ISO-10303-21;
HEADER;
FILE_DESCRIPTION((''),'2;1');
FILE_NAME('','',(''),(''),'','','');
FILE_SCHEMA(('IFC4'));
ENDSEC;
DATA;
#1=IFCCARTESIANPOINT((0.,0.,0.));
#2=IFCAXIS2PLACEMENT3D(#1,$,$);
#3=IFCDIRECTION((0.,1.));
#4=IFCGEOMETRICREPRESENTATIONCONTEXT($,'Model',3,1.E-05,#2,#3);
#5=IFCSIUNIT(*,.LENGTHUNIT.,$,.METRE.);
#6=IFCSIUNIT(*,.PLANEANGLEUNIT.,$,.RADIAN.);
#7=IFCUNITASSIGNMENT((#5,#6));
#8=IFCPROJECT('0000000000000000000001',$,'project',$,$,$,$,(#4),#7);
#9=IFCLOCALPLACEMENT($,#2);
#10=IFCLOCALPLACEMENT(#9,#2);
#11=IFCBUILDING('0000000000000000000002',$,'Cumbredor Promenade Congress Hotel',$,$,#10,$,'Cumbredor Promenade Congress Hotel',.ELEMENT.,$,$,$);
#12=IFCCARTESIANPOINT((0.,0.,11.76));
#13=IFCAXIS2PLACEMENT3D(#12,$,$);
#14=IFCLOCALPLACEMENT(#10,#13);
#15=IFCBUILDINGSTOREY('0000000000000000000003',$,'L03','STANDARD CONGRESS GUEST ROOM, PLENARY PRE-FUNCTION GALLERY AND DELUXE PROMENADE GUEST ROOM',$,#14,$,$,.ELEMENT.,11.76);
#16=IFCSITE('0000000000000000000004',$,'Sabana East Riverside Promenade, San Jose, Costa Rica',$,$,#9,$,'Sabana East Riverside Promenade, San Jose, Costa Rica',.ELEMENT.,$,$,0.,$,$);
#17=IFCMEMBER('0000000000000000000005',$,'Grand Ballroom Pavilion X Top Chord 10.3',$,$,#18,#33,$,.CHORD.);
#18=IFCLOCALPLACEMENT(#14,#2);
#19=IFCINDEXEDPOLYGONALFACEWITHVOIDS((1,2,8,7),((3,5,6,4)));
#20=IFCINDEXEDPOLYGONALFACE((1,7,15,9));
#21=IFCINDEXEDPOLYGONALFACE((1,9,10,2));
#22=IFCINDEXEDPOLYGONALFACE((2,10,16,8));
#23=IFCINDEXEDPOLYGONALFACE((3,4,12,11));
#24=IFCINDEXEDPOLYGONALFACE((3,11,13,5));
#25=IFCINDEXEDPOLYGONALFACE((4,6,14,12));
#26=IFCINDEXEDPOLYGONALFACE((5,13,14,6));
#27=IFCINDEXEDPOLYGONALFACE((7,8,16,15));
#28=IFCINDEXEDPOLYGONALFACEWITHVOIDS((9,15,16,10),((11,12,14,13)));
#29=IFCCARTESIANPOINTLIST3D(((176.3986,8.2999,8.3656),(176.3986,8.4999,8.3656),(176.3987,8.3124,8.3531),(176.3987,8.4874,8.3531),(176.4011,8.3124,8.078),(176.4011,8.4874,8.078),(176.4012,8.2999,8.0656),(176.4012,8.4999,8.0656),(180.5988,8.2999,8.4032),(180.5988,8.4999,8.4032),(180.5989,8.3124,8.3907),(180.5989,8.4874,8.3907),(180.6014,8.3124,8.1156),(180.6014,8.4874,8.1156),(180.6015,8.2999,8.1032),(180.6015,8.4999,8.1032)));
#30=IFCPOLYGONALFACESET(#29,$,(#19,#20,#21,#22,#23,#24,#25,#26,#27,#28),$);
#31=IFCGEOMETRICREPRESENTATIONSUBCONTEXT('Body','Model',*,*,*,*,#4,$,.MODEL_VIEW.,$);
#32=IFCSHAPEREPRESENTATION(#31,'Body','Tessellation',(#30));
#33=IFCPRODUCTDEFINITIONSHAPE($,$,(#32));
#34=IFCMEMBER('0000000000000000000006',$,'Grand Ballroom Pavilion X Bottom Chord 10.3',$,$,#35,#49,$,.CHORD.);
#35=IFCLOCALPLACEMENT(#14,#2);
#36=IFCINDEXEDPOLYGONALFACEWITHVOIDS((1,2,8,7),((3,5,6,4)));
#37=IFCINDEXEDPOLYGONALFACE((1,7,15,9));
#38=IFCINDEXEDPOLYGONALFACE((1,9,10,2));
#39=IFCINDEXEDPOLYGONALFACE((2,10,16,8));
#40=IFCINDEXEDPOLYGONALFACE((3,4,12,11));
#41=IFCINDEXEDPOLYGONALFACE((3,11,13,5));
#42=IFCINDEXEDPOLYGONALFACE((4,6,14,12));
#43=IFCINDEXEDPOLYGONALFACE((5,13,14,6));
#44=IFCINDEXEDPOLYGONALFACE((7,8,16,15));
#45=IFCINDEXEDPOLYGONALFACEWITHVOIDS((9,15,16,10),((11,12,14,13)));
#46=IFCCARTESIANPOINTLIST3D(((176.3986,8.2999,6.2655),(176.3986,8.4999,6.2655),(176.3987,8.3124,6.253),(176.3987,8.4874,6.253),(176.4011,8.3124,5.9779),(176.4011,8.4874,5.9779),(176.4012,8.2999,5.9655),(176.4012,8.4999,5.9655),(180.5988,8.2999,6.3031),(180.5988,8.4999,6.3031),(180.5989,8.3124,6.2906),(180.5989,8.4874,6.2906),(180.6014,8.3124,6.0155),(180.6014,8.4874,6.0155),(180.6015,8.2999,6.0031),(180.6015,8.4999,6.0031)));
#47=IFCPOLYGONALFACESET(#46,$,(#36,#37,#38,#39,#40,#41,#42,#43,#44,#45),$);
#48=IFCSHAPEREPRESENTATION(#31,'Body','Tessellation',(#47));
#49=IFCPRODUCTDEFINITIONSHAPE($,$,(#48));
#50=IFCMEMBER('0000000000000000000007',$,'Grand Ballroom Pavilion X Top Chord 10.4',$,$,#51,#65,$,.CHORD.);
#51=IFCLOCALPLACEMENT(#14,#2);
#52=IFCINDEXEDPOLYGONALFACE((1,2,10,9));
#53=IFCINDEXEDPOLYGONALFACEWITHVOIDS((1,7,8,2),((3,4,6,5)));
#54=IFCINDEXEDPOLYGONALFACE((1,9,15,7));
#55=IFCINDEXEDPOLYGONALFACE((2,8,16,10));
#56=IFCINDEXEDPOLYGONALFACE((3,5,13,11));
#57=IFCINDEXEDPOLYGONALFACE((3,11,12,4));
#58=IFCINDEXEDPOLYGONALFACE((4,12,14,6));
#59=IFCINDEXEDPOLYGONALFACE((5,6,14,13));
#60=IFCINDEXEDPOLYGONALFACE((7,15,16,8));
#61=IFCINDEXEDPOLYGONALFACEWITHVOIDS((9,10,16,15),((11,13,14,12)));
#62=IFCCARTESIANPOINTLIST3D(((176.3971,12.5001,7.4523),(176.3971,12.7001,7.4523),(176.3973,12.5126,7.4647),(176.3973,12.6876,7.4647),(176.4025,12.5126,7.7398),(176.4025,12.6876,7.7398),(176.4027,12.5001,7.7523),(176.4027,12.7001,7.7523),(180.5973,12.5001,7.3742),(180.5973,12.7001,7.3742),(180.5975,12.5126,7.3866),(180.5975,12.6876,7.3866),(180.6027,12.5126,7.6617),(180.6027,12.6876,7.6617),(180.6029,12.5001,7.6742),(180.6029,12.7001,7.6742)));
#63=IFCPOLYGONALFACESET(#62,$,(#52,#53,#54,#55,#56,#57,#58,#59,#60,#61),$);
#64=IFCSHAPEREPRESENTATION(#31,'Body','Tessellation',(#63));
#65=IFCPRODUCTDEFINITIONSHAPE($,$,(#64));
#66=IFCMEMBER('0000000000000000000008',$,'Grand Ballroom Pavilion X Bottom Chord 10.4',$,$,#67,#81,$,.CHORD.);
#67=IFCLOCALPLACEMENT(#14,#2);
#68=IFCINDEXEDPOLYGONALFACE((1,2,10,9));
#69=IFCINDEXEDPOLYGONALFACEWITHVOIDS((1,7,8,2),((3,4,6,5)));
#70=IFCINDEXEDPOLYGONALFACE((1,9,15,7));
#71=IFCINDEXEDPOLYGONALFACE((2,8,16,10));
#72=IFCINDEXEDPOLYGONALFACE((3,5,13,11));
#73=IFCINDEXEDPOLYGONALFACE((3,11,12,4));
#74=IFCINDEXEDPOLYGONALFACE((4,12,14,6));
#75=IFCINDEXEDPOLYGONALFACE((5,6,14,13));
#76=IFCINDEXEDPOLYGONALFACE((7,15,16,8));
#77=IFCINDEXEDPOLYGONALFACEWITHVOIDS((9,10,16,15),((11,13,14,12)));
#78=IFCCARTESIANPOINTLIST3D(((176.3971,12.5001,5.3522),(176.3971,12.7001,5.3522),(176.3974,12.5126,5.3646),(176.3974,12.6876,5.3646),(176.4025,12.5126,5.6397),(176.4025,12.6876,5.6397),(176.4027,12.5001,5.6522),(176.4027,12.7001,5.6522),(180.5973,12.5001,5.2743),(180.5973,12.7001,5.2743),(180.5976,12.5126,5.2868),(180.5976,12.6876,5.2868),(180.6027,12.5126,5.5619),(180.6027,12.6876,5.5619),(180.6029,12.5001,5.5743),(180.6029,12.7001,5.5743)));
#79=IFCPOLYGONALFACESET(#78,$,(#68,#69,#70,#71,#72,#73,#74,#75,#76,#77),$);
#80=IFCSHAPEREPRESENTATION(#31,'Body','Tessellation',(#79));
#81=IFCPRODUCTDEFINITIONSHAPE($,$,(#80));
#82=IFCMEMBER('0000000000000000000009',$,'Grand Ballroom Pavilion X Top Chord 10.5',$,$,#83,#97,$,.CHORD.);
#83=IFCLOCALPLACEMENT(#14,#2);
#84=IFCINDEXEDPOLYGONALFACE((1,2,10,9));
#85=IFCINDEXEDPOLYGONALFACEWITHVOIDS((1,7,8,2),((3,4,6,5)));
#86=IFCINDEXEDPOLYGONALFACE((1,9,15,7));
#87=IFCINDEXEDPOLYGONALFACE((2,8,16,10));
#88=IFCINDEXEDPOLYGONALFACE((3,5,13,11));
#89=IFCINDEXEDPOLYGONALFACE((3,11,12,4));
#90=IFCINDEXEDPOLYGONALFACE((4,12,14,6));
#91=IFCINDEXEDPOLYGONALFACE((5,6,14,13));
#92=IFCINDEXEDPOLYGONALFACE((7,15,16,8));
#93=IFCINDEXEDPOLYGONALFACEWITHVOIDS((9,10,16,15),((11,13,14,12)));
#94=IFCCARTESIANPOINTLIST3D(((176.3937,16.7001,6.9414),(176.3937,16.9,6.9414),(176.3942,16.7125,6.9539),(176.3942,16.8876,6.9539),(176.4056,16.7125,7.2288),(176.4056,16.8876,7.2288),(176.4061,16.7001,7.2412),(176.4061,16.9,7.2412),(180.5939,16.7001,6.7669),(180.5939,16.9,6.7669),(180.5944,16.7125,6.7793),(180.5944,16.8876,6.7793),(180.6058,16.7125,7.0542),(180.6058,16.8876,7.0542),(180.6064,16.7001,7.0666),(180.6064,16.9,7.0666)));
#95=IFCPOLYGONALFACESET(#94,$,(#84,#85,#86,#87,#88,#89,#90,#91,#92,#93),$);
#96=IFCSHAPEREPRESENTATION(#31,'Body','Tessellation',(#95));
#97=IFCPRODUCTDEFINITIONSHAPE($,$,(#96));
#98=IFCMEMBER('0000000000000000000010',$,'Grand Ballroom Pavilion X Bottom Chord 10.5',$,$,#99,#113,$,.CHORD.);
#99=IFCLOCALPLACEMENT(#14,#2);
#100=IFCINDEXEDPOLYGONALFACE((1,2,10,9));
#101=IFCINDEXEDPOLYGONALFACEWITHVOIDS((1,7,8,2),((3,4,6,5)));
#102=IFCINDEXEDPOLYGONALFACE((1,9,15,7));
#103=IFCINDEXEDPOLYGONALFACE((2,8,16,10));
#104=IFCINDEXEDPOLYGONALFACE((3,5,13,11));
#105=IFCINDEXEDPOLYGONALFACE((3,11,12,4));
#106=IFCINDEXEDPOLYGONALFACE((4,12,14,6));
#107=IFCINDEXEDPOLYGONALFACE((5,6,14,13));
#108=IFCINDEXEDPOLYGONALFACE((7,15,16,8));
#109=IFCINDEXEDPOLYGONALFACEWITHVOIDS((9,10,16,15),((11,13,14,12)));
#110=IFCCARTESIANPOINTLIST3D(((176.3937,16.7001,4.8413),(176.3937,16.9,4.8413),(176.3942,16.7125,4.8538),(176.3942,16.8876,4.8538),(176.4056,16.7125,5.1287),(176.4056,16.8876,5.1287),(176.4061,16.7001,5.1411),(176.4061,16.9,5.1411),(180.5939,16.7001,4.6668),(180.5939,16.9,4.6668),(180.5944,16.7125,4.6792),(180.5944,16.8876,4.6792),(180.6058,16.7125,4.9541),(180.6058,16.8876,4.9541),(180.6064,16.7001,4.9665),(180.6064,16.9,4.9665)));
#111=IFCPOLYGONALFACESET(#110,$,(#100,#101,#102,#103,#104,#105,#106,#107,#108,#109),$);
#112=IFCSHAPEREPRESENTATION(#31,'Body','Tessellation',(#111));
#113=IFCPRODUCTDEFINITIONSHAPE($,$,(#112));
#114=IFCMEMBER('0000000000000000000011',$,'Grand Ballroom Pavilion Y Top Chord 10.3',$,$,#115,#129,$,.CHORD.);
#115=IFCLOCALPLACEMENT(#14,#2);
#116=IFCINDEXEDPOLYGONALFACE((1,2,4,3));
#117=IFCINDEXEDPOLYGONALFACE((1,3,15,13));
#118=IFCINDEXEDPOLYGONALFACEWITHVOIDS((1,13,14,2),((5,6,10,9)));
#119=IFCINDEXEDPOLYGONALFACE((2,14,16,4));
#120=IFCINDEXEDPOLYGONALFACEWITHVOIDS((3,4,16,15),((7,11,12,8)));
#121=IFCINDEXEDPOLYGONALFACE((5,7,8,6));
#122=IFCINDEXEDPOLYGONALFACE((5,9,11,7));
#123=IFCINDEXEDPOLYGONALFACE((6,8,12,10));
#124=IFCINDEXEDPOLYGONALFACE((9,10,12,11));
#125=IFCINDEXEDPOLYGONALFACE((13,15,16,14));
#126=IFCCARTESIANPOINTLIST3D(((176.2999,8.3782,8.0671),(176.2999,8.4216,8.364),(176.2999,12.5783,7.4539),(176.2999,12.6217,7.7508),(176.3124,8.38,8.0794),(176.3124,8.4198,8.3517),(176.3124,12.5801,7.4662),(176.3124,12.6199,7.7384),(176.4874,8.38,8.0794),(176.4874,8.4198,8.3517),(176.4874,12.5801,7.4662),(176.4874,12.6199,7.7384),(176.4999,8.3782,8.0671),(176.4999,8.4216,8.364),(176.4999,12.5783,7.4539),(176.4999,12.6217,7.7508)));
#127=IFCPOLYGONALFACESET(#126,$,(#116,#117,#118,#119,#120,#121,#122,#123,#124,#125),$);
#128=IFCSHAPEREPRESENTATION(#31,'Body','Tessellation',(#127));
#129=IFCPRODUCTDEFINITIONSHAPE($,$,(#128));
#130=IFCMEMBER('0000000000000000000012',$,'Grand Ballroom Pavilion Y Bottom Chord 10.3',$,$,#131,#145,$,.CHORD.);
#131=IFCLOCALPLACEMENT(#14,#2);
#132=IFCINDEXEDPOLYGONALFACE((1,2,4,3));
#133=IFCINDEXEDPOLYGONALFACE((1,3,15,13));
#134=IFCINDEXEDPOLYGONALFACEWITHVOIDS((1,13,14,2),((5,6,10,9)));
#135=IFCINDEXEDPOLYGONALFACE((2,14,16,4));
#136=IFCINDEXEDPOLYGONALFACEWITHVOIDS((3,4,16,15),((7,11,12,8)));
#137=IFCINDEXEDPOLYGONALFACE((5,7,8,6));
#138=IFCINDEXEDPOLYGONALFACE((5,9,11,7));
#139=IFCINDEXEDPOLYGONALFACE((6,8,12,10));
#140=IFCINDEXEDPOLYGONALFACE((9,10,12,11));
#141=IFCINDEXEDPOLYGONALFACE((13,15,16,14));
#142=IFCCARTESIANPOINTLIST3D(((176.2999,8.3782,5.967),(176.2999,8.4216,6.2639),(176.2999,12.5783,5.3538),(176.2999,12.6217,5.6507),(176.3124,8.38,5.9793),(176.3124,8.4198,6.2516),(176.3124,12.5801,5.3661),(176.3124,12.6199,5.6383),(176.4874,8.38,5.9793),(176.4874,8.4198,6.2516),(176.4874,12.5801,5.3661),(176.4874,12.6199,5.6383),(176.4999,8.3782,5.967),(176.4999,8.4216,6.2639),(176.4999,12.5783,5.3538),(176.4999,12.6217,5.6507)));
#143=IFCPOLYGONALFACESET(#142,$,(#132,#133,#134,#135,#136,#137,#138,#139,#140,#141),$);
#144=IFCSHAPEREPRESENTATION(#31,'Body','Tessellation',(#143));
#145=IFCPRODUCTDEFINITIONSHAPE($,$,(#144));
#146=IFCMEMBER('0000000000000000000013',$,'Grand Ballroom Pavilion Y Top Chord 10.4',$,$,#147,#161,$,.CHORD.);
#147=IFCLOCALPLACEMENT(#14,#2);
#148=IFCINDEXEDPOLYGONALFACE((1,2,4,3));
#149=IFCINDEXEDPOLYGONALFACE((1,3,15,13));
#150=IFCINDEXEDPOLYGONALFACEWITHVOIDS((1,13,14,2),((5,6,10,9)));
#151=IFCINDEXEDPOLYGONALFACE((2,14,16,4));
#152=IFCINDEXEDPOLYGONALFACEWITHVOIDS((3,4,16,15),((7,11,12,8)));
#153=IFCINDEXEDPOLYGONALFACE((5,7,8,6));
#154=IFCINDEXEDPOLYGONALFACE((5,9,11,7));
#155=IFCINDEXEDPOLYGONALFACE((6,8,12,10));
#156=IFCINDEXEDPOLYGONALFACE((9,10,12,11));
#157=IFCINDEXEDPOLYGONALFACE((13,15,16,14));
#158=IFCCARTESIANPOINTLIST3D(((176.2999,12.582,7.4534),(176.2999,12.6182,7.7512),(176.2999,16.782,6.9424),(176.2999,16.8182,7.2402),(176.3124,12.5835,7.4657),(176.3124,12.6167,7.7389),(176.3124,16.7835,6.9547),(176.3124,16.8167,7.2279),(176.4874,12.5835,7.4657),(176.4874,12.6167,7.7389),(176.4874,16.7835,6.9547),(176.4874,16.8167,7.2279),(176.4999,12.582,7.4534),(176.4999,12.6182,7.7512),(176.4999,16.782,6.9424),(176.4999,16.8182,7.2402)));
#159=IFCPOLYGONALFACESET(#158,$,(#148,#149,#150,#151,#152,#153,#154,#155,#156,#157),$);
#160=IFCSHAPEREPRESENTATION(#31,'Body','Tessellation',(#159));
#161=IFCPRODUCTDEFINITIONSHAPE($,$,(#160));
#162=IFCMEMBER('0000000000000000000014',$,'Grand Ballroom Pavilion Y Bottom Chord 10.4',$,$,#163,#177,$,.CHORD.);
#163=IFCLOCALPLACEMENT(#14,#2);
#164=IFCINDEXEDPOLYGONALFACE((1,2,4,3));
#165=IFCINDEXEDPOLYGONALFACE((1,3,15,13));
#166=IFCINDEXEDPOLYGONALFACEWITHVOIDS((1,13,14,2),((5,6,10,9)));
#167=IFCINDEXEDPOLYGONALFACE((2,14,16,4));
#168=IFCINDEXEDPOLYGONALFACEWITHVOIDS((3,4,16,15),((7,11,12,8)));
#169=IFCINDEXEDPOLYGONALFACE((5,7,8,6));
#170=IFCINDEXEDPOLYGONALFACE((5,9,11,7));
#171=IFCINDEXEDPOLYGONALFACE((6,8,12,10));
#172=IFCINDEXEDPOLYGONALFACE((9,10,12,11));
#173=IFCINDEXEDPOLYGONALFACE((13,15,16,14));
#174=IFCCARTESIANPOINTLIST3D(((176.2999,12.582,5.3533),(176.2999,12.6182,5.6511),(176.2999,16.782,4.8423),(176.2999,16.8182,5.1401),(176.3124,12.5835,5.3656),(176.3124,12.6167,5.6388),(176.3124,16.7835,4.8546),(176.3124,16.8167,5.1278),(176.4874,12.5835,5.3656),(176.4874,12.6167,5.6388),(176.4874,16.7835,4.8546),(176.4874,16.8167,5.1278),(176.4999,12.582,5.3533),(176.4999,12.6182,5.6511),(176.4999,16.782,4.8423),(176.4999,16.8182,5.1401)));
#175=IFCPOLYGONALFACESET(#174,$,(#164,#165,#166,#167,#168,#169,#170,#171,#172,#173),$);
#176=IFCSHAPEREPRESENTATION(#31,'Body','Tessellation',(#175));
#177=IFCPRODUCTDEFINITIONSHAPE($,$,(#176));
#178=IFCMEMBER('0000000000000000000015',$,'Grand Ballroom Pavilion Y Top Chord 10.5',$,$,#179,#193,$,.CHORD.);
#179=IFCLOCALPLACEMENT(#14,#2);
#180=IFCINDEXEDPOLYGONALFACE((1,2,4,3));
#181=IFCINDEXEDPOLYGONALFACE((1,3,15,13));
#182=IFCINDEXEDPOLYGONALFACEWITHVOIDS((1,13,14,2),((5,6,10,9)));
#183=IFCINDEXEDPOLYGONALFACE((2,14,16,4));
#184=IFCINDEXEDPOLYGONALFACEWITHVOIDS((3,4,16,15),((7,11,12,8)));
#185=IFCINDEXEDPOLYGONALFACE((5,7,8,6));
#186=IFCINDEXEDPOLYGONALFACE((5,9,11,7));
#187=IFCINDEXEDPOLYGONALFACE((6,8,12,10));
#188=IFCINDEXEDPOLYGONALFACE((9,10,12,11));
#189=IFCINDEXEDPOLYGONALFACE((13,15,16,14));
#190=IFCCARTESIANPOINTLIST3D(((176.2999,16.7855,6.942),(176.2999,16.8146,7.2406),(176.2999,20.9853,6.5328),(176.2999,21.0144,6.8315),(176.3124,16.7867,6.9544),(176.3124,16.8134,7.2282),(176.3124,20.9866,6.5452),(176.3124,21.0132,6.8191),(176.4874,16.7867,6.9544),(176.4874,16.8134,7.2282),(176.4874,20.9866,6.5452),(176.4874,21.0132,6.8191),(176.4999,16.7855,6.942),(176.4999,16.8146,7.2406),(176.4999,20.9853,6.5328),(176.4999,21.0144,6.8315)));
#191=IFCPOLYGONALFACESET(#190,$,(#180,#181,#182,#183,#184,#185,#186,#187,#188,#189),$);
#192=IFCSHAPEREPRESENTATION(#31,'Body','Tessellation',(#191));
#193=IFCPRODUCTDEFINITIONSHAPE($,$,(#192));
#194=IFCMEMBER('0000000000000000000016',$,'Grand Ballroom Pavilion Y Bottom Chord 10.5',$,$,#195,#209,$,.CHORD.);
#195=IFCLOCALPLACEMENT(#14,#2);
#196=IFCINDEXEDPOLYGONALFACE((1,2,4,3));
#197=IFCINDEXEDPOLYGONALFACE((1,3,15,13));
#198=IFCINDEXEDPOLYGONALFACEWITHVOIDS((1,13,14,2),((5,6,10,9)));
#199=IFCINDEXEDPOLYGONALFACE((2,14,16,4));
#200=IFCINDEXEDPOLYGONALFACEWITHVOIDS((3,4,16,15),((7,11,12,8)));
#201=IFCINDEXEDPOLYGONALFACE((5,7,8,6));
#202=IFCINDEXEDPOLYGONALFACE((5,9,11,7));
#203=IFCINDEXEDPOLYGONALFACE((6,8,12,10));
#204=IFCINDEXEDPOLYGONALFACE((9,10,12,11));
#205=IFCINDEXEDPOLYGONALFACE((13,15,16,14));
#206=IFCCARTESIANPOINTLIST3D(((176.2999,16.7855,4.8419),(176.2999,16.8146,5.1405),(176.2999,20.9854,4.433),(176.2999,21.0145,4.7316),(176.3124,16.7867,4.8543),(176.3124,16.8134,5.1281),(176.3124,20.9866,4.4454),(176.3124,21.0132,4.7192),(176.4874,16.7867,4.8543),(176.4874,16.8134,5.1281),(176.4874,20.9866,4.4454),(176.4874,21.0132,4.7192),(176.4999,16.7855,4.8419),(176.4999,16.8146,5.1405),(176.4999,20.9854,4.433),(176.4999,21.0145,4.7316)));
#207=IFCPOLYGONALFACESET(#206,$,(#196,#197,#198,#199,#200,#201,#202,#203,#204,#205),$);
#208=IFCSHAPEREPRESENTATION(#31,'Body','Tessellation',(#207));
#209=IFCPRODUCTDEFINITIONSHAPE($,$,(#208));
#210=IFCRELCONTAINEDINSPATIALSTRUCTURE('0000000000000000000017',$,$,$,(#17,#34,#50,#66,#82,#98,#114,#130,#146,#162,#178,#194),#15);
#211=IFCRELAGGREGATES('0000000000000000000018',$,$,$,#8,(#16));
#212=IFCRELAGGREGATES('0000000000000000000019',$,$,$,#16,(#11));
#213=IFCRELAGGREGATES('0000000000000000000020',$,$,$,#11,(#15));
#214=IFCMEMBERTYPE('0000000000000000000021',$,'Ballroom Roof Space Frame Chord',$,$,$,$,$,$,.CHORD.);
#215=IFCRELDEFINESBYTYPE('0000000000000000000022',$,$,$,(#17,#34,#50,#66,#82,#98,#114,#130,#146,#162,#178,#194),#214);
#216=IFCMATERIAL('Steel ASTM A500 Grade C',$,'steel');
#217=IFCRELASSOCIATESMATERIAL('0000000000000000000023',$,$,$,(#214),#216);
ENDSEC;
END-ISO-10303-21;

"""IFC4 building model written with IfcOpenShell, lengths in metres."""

from ifc_helpers import new_model, si_unit, direction, frame, origin, origin_2d, place, context, subcontext, project, spatial, hollow_rectangle, extrude, material, material_profile, profile_set, type_object, element, save


model = new_model("IFC4")

# Units and contexts
model_context = context("Model", 3, precision=1e-05, world=origin(), true_north=direction((0.0, 1.0)))
body_context = subcontext(model_context, "Body", "Model", "MODEL_VIEW")
ifc_project = project(units=[si_unit("LENGTHUNIT", "METRE"), si_unit("PLANEANGLEUNIT", "RADIAN")], contexts=[model_context])

# Site, building, storey
site_placement = place(None, origin())
site = spatial("IfcSite", under=ifc_project, at=site_placement, Name="Sabana East Riverside Promenade, San Jose, Costa Rica", LongName="Sabana East Riverside Promenade, San Jose, Costa Rica", CompositionType="ELEMENT", RefElevation=0.0)
building_placement = place(site_placement, origin())
building = spatial("IfcBuilding", under=site, at=building_placement, Name="Cumbredor Promenade Congress Hotel", LongName="Cumbredor Promenade Congress Hotel", CompositionType="ELEMENT")
storey_placement = place(building_placement, frame((0.0, 0.0, 11.76)))
storey = spatial("IfcBuildingStorey", under=building, at=storey_placement, Name="L03", Description="STANDARD CONGRESS GUEST ROOM, PLENARY PRE-FUNCTION GALLERY AND DELUXE PROMENADE GUEST ROOM", CompositionType="ELEMENT", Elevation=11.76)

# Members
ifc_material_1 = material(Name="Steel ASTM A500 Grade C", Category="steel")
ifc_material_profile_1 = material_profile(ifc_material_1, hollow_rectangle(XDim=0.2, YDim=0.3, WallThickness=0.0125, at=origin_2d()), Name="HSS 300x200x12.5")
ifc_profile_set_1 = profile_set([ifc_material_profile_1], Name="Steel ASTM A500 Grade C")
member_type_1 = type_object("IfcMemberType", Name="Ballroom Roof Space Frame Chord", PredefinedType="CHORD", material=ifc_profile_set_1)
for number, where, z_axis, x_axis, name in (
    (1, (176.3999, 8.3999, 8.2156), (0.99996, 0.0, 0.008951), (0.0, 1.0, 0.0), "Grand Ballroom Pavilion X Top Chord 10.3"),
    (2, (176.3999, 8.3999, 6.1155), (0.99996, 0.0, 0.008951), (0.0, 1.0, 0.0), "Grand Ballroom Pavilion X Bottom Chord 10.3"),
):
    element("IfcMember", number, at=place(storey_placement, frame(where, z_axis=z_axis, x_axis=x_axis)), inside=storey, type_object=member_type_1, Name=name, PredefinedType="CHORD", context=body_context, shape_type="SweptSolid", body=[
        extrude(hollow_rectangle(XDim=0.2, YDim=0.3, WallThickness=0.0125, at=origin_2d()), origin(), (0.0, 0.0, 1.0), 4.2004),
    ])
for number, where, z_axis, x_axis, name in (
    (3, (176.3999, 12.6001, 7.6023), (0.999827, 0.0, -0.018597), (0.0, 1.0, 0.0), "Grand Ballroom Pavilion X Top Chord 10.4"),
    (4, (176.3999, 12.6001, 5.5022), (0.999828, 0.0, -0.018539), (0.0, 1.0, 0.0), "Grand Ballroom Pavilion X Bottom Chord 10.4"),
):
    element("IfcMember", number, at=place(storey_placement, frame(where, z_axis=z_axis, x_axis=x_axis)), inside=storey, type_object=member_type_1, Name=name, PredefinedType="CHORD", context=body_context, shape_type="SweptSolid", body=[
        extrude(hollow_rectangle(XDim=0.2, YDim=0.3, WallThickness=0.0125, at=origin_2d()), origin(), (0.0, 0.0, 1.0), 4.2009),
    ])
for number, where, z_axis, x_axis, name in (
    (5, (176.3999, 16.8, 7.0913), (0.999137, 0.0, -0.041524), (0.0, 1.0, 0.0), "Grand Ballroom Pavilion X Top Chord 10.5"),
    (6, (176.3999, 16.8, 4.9912), (0.999137, 0.0, -0.041524), (0.0, 1.0, 0.0), "Grand Ballroom Pavilion X Bottom Chord 10.5"),
):
    element("IfcMember", number, at=place(storey_placement, frame(where, z_axis=z_axis, x_axis=x_axis)), inside=storey, type_object=member_type_1, Name=name, PredefinedType="CHORD", context=body_context, shape_type="SweptSolid", body=[
        extrude(hollow_rectangle(XDim=0.2, YDim=0.3, WallThickness=0.0125, at=origin_2d()), origin(), (0.0, 0.0, 1.0), 4.2039),
    ])
for number, where, z_axis, x_axis, name in (
    (7, (176.3999, 8.3999, 8.2156), (0.0, 0.989508, -0.144481), (-1.0, 0.0, 0.0), "Grand Ballroom Pavilion Y Top Chord 10.3"),
    (8, (176.3999, 8.3999, 6.1155), (0.0, 0.989508, -0.144481), (-1.0, 0.0, 0.0), "Grand Ballroom Pavilion Y Bottom Chord 10.3"),
):
    element("IfcMember", number, at=place(storey_placement, frame(where, z_axis=z_axis, x_axis=x_axis)), inside=storey, type_object=member_type_1, Name=name, PredefinedType="CHORD", context=body_context, shape_type="SweptSolid", body=[
        extrude(hollow_rectangle(XDim=0.2, YDim=0.3, WallThickness=0.0125, at=origin_2d()), origin(), (0.0, 0.0, 1.0), 4.2446),
    ])
for number, where, z_axis, x_axis, name in (
    (9, (176.3999, 12.6001, 7.6023), (0.0, 0.99268, -0.120774), (-1.0, 0.0, 0.0), "Grand Ballroom Pavilion Y Top Chord 10.4"),
    (10, (176.3999, 12.6001, 5.5022), (0.0, 0.99268, -0.120774), (-1.0, 0.0, 0.0), "Grand Ballroom Pavilion Y Bottom Chord 10.4"),
):
    element("IfcMember", number, at=place(storey_placement, frame(where, z_axis=z_axis, x_axis=x_axis)), inside=storey, type_object=member_type_1, Name=name, PredefinedType="CHORD", context=body_context, shape_type="SweptSolid", body=[
        extrude(hollow_rectangle(XDim=0.2, YDim=0.3, WallThickness=0.0125, at=origin_2d()), origin(), (0.0, 0.0, 1.0), 4.231),
    ])
for number, where, z_axis, x_axis, name in (
    (11, (176.3999, 16.8, 7.0913), (0.0, 0.995288, -0.096966), (-1.0, 0.0, 0.0), "Grand Ballroom Pavilion Y Top Chord 10.5"),
    (12, (176.3999, 16.8, 4.9912), (0.0, 0.995293, -0.096908), (-1.0, 0.0, 0.0), "Grand Ballroom Pavilion Y Bottom Chord 10.5"),
):
    element("IfcMember", number, at=place(storey_placement, frame(where, z_axis=z_axis, x_axis=x_axis)), inside=storey, type_object=member_type_1, Name=name, PredefinedType="CHORD", context=body_context, shape_type="SweptSolid", body=[
        extrude(hollow_rectangle(XDim=0.2, YDim=0.3, WallThickness=0.0125, at=origin_2d()), origin(), (0.0, 0.0, 1.0), 4.2197),
    ])

save(model, "model.ifc")
